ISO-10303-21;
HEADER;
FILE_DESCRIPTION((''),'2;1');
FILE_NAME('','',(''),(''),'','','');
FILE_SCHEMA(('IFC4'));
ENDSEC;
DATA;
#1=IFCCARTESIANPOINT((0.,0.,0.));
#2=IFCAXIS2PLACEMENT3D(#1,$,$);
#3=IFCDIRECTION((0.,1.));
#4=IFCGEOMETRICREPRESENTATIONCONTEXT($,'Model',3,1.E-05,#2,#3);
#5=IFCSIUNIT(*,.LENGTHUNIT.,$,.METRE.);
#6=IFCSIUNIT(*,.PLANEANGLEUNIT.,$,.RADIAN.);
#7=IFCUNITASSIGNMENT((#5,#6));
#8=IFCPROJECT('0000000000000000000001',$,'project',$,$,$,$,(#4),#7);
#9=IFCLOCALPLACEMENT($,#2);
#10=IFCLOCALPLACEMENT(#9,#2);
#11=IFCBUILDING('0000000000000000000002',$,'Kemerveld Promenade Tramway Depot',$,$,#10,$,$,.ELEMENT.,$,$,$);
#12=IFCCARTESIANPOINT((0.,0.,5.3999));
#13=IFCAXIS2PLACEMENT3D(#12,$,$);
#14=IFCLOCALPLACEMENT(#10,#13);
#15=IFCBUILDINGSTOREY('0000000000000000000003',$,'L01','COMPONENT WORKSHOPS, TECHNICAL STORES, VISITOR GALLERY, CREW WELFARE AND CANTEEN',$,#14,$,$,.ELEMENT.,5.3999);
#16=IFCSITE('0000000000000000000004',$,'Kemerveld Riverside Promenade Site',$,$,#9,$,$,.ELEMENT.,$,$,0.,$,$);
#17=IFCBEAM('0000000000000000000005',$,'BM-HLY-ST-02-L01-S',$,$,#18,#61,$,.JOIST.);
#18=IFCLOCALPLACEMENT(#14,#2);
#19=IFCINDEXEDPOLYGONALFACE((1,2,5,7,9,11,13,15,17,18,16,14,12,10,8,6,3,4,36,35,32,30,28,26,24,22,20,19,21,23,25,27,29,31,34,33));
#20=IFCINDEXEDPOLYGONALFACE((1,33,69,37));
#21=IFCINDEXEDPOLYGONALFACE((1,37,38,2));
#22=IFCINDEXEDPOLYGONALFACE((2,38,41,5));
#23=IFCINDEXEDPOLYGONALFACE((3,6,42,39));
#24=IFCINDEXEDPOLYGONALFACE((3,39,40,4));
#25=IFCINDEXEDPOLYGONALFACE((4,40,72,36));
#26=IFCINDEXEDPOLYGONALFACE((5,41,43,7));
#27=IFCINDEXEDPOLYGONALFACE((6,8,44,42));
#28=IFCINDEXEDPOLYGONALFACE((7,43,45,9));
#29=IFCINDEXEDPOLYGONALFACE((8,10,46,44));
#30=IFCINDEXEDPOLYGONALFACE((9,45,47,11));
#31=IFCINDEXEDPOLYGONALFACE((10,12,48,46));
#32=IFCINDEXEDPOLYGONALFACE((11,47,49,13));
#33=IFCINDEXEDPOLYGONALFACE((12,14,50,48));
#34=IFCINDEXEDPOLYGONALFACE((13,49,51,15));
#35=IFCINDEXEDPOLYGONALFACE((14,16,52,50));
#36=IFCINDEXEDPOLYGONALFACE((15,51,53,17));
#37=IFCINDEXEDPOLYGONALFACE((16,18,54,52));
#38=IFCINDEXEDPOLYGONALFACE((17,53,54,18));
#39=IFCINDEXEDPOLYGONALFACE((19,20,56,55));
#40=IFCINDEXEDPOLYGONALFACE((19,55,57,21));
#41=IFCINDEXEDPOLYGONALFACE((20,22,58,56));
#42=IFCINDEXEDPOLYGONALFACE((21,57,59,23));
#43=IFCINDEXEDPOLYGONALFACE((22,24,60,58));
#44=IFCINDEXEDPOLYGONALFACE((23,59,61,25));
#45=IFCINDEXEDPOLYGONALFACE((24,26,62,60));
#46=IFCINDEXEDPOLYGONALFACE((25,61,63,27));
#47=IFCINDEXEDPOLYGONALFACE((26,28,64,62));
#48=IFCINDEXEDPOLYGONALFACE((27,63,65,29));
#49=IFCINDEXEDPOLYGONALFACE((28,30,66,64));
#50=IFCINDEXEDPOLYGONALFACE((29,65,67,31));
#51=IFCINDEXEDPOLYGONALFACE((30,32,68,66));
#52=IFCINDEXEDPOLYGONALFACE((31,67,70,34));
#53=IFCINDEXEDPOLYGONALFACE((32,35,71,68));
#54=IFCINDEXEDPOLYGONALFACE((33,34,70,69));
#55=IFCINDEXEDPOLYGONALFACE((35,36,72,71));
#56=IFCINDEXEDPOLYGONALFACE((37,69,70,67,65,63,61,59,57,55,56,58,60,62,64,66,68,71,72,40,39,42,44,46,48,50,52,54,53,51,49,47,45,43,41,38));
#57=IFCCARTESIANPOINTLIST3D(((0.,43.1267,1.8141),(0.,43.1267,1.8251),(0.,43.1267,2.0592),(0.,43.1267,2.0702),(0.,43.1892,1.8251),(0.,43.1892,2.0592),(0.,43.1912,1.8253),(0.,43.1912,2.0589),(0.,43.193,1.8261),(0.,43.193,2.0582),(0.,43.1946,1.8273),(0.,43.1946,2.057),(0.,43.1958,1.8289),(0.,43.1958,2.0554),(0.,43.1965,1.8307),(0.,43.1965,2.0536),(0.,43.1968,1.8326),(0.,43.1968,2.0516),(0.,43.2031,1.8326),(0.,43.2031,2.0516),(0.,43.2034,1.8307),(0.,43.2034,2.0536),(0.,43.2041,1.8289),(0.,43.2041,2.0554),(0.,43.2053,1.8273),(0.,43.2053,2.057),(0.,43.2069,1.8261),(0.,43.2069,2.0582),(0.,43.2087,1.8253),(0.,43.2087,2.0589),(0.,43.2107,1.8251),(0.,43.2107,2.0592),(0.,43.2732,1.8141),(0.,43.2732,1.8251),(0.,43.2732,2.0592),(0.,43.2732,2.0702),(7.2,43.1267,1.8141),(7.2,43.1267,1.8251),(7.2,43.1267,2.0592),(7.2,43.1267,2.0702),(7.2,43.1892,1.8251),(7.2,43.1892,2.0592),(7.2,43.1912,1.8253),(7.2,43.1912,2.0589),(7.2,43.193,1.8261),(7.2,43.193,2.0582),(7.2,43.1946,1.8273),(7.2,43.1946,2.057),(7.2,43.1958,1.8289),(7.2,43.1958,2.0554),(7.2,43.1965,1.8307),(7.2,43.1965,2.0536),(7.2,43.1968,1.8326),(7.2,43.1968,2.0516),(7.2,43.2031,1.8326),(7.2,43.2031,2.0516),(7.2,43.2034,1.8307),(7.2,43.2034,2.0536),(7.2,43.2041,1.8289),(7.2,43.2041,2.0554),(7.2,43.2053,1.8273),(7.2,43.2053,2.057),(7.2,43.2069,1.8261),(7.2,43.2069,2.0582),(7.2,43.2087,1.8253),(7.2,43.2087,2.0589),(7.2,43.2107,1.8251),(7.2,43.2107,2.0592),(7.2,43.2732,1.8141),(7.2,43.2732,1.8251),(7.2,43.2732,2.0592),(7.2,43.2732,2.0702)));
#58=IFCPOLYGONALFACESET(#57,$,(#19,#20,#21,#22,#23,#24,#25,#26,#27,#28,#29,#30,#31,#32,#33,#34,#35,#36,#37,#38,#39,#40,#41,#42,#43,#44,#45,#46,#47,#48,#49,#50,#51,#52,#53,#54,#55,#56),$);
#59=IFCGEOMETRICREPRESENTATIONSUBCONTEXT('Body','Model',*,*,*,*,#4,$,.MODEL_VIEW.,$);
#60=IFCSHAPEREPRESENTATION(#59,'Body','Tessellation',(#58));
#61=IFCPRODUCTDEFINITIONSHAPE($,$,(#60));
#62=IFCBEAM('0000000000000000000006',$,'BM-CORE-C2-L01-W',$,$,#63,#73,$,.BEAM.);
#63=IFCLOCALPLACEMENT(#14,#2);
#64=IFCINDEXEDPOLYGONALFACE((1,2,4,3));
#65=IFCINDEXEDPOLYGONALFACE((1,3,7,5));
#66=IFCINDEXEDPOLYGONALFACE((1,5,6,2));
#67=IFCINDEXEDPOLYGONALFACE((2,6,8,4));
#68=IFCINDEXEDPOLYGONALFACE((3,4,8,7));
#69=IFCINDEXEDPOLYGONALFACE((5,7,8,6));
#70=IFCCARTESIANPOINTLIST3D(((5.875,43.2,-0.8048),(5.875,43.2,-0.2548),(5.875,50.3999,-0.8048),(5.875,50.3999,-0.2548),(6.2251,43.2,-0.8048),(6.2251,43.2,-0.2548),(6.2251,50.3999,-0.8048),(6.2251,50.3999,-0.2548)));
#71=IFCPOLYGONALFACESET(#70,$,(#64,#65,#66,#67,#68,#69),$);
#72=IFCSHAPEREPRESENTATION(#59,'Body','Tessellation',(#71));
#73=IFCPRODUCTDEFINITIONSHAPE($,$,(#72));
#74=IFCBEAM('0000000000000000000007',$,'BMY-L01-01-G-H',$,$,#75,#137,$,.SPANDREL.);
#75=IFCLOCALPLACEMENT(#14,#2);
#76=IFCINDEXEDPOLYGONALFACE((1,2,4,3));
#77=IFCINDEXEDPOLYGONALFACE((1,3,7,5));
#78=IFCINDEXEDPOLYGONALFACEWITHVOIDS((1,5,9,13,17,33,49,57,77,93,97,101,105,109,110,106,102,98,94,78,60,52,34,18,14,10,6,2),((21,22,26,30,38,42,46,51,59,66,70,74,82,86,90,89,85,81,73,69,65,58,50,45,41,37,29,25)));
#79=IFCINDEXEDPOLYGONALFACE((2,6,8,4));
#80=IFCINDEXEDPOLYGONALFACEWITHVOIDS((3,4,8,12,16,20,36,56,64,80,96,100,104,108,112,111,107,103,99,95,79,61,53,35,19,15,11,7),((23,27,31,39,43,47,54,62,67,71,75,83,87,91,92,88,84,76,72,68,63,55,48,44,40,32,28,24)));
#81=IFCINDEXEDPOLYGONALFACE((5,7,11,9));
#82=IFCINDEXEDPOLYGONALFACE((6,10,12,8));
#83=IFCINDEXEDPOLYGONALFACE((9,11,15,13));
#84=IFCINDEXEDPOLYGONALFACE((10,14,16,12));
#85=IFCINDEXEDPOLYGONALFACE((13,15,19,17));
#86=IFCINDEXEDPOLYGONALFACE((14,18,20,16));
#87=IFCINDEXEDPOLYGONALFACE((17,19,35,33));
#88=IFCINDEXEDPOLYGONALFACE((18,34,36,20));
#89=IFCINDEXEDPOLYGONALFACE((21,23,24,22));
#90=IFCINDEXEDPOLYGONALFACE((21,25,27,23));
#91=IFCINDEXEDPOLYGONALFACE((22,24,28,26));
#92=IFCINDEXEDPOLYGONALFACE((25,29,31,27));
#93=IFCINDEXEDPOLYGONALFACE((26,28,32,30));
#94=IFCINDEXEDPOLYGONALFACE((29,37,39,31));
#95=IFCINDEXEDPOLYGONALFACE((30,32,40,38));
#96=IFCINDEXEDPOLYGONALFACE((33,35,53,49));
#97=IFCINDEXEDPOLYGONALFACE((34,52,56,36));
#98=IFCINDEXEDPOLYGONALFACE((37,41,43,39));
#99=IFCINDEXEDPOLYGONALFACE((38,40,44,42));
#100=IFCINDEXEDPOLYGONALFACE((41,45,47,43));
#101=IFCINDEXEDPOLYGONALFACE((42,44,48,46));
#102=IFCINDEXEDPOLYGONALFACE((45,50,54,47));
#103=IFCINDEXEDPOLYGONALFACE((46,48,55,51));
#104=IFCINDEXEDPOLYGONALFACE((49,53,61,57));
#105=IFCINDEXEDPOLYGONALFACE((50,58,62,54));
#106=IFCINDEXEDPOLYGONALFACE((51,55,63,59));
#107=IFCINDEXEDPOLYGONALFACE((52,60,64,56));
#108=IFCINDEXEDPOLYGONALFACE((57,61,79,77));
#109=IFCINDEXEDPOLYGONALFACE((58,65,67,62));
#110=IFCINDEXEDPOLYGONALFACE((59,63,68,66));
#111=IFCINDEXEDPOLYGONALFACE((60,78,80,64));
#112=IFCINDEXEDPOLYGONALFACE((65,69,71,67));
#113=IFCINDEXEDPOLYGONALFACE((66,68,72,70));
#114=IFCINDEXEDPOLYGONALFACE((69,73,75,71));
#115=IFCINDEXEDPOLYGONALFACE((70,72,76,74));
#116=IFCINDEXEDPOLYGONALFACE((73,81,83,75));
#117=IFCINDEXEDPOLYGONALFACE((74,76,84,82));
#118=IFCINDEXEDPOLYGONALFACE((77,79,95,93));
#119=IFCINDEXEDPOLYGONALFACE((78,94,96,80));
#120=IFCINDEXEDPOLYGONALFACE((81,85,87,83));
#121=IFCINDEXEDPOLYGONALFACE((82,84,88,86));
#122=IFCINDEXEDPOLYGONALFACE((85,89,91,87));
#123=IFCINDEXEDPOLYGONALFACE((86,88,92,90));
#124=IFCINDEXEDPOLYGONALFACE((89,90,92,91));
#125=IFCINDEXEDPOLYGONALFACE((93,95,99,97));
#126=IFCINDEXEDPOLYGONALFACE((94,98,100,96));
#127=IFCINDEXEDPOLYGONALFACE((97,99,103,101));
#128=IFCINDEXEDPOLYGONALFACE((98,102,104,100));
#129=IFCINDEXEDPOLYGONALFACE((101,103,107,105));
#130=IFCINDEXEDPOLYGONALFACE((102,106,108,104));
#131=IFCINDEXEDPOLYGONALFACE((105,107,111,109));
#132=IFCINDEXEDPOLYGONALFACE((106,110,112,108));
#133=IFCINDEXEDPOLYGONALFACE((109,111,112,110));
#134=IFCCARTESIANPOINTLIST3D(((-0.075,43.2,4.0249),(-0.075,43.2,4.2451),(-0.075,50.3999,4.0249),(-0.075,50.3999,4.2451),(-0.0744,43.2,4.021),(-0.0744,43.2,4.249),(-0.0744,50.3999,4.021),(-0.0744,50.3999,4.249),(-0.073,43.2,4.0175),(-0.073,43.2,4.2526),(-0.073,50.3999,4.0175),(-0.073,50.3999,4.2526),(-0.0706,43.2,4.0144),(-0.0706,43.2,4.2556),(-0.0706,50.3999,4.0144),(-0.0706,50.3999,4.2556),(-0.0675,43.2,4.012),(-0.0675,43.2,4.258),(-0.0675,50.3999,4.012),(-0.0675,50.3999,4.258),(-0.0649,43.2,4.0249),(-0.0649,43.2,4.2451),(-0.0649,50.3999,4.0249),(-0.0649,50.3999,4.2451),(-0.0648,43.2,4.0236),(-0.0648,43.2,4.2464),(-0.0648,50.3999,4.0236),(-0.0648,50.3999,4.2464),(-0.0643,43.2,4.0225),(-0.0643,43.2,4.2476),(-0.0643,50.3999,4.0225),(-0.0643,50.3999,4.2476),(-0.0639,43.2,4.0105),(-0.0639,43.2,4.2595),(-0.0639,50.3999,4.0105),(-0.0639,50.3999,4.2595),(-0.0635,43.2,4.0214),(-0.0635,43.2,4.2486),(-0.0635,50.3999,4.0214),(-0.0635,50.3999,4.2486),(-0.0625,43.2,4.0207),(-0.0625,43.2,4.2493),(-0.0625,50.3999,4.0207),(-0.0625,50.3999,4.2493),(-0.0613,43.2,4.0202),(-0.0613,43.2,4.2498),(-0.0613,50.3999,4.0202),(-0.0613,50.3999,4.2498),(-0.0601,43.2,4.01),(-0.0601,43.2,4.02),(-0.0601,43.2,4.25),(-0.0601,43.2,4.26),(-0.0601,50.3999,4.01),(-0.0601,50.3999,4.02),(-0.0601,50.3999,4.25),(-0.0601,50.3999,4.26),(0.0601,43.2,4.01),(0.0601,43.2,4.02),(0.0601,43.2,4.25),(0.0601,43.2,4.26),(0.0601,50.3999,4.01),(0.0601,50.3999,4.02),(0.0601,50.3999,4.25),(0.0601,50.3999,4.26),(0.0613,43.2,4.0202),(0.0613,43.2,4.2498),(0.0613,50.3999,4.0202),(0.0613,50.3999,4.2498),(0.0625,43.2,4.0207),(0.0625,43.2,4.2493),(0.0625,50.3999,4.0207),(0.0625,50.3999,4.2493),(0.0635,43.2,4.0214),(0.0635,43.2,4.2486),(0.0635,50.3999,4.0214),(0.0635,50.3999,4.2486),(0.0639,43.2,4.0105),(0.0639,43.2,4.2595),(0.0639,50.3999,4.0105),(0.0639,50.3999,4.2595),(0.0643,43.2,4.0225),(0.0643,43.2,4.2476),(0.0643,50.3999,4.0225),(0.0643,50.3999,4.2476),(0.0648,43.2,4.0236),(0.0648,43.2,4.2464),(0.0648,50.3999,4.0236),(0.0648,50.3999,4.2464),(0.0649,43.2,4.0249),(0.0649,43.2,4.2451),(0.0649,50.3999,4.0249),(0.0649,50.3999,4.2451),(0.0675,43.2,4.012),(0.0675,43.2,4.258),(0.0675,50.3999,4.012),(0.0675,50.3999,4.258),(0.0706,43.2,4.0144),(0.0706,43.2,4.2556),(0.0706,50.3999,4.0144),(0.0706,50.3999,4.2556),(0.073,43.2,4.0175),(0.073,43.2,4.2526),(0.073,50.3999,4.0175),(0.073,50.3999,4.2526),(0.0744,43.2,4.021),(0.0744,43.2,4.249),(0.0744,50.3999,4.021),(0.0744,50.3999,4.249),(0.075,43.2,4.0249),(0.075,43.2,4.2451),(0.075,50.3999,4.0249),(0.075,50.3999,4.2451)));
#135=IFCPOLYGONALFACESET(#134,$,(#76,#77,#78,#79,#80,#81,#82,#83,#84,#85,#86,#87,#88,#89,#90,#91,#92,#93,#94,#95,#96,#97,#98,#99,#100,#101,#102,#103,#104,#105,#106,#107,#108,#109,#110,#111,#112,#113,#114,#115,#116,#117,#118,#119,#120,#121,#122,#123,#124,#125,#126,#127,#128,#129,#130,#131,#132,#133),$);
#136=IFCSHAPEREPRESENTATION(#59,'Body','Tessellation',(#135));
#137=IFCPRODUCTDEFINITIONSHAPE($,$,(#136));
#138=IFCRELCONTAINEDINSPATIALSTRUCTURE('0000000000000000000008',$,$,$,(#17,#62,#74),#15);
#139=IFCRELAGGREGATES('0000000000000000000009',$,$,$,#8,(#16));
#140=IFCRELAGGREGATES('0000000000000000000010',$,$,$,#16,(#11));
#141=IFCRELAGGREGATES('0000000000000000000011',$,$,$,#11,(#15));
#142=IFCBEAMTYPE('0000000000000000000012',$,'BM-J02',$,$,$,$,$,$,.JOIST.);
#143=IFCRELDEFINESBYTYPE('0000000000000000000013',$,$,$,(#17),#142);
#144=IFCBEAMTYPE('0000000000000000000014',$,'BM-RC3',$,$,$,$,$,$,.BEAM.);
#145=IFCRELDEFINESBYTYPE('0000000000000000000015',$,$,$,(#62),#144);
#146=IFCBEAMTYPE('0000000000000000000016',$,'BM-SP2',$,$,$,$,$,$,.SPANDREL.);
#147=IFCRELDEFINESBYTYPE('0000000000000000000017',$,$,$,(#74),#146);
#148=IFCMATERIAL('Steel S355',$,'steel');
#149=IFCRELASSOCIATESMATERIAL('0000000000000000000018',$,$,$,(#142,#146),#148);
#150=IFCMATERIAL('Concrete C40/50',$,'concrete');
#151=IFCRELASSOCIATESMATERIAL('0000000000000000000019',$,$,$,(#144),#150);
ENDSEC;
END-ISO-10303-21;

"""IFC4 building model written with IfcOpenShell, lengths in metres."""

from ifc_helpers import new_model, si_unit, direction, frame, origin, origin_2d, place, context, subcontext, project, spatial, rectangle, hollow_rectangle, i_section, extrude, material, material_profile, profile_set, type_object, element, save


model = new_model("IFC4")

# Units and contexts
model_context = context("Model", 3, precision=1e-05, world=origin(), true_north=direction((0.0, 1.0)))
body_context = subcontext(model_context, "Body", "Model", "MODEL_VIEW")
ifc_project = project(units=[si_unit("LENGTHUNIT", "METRE"), si_unit("PLANEANGLEUNIT", "RADIAN")], contexts=[model_context])

# Site, building, storey
site_placement = place(None, origin())
site = spatial("IfcSite", under=ifc_project, at=site_placement, Name="Kemerveld Riverside Promenade Site", CompositionType="ELEMENT", RefElevation=0.0)
building_placement = place(site_placement, origin())
building = spatial("IfcBuilding", under=site, at=building_placement, Name="Kemerveld Promenade Tramway Depot", CompositionType="ELEMENT")
storey_placement = place(building_placement, frame((0.0, 0.0, 5.3999)))
storey = spatial("IfcBuildingStorey", under=building, at=storey_placement, Name="L01", Description="COMPONENT WORKSHOPS, TECHNICAL STORES, VISITOR GALLERY, CREW WELFARE AND CANTEEN", CompositionType="ELEMENT", Elevation=5.3999)

# Shared definitions
ifc_material_1 = material(Name="Steel S355", Category="steel")

# Beams
ifc_material_profile_1 = material_profile(ifc_material_1, i_section(OverallWidth=0.1465, OverallDepth=0.2561, WebThickness=0.0063, FlangeThickness=0.011, FilletRadius=0.0076, at=origin_2d()), Name="254x146x37 UB")
ifc_profile_set_1 = profile_set([ifc_material_profile_1], Name="Steel S355")
beam_type_1 = type_object("IfcBeamType", Name="BM-J02", PredefinedType="JOIST", material=ifc_profile_set_1)
beam_1_placement = place(storey_placement, frame((0.0, 43.2, 1.9421), z_axis=(1.0, 0.0, 0.0), x_axis=(0.0, 1.0, 0.0)))
element("IfcBeam", 1, at=beam_1_placement, inside=storey, type_object=beam_type_1, Name="BM-HLY-ST-02-L01-S", PredefinedType="JOIST", context=body_context, shape_type="SweptSolid", body=[
    extrude(i_section(OverallWidth=0.1465, OverallDepth=0.2561, WebThickness=0.0063, FlangeThickness=0.011, FilletRadius=0.0076, at=origin_2d()), origin(), (0.0, 0.0, 1.0), 7.2),
])
ifc_material_2 = material(Name="Concrete C40/50", Category="concrete")
ifc_material_profile_2 = material_profile(ifc_material_2, rectangle(XDim=0.3501, YDim=0.55, at=origin_2d()), Name="RC-BM-350x550")
ifc_profile_set_2 = profile_set([ifc_material_profile_2], Name="Concrete C40/50")
beam_type_2 = type_object("IfcBeamType", Name="BM-RC3", PredefinedType="BEAM", material=ifc_profile_set_2)
beam_2_placement = place(storey_placement, frame((6.05, 43.2, -0.5298), z_axis=(0.0, 1.0, 0.0), x_axis=(-1.0, 0.0, 0.0)))
element("IfcBeam", 2, at=beam_2_placement, inside=storey, type_object=beam_type_2, Name="BM-CORE-C2-L01-W", PredefinedType="BEAM", context=body_context, shape_type="SweptSolid", body=[
    extrude(rectangle(XDim=0.3501, YDim=0.55, at=origin_2d()), origin(), (0.0, 0.0, 1.0), 7.2),
])
ifc_material_profile_3 = material_profile(ifc_material_1, hollow_rectangle(XDim=0.1499, YDim=0.25, WallThickness=0.01, InnerFilletRadius=0.0049, OuterFilletRadius=0.0149, at=origin_2d()), Name="250x150x10.0 RHS")
ifc_profile_set_3 = profile_set([ifc_material_profile_3], Name="Steel S355")
beam_type_3 = type_object("IfcBeamType", Name="BM-SP2", PredefinedType="SPANDREL", material=ifc_profile_set_3)
beam_3_placement = place(storey_placement, frame((0.0, 43.2, 4.135), z_axis=(0.0, 1.0, 0.0), x_axis=(-1.0, 0.0, 0.0)))
element("IfcBeam", 3, at=beam_3_placement, inside=storey, type_object=beam_type_3, Name="BMY-L01-01-G-H", PredefinedType="SPANDREL", context=body_context, shape_type="SweptSolid", body=[
    extrude(hollow_rectangle(XDim=0.1499, YDim=0.25, WallThickness=0.01, InnerFilletRadius=0.0049, OuterFilletRadius=0.0149, at=origin_2d()), origin(), (0.0, 0.0, 1.0), 7.2),
])

save(model, "model.ifc")
